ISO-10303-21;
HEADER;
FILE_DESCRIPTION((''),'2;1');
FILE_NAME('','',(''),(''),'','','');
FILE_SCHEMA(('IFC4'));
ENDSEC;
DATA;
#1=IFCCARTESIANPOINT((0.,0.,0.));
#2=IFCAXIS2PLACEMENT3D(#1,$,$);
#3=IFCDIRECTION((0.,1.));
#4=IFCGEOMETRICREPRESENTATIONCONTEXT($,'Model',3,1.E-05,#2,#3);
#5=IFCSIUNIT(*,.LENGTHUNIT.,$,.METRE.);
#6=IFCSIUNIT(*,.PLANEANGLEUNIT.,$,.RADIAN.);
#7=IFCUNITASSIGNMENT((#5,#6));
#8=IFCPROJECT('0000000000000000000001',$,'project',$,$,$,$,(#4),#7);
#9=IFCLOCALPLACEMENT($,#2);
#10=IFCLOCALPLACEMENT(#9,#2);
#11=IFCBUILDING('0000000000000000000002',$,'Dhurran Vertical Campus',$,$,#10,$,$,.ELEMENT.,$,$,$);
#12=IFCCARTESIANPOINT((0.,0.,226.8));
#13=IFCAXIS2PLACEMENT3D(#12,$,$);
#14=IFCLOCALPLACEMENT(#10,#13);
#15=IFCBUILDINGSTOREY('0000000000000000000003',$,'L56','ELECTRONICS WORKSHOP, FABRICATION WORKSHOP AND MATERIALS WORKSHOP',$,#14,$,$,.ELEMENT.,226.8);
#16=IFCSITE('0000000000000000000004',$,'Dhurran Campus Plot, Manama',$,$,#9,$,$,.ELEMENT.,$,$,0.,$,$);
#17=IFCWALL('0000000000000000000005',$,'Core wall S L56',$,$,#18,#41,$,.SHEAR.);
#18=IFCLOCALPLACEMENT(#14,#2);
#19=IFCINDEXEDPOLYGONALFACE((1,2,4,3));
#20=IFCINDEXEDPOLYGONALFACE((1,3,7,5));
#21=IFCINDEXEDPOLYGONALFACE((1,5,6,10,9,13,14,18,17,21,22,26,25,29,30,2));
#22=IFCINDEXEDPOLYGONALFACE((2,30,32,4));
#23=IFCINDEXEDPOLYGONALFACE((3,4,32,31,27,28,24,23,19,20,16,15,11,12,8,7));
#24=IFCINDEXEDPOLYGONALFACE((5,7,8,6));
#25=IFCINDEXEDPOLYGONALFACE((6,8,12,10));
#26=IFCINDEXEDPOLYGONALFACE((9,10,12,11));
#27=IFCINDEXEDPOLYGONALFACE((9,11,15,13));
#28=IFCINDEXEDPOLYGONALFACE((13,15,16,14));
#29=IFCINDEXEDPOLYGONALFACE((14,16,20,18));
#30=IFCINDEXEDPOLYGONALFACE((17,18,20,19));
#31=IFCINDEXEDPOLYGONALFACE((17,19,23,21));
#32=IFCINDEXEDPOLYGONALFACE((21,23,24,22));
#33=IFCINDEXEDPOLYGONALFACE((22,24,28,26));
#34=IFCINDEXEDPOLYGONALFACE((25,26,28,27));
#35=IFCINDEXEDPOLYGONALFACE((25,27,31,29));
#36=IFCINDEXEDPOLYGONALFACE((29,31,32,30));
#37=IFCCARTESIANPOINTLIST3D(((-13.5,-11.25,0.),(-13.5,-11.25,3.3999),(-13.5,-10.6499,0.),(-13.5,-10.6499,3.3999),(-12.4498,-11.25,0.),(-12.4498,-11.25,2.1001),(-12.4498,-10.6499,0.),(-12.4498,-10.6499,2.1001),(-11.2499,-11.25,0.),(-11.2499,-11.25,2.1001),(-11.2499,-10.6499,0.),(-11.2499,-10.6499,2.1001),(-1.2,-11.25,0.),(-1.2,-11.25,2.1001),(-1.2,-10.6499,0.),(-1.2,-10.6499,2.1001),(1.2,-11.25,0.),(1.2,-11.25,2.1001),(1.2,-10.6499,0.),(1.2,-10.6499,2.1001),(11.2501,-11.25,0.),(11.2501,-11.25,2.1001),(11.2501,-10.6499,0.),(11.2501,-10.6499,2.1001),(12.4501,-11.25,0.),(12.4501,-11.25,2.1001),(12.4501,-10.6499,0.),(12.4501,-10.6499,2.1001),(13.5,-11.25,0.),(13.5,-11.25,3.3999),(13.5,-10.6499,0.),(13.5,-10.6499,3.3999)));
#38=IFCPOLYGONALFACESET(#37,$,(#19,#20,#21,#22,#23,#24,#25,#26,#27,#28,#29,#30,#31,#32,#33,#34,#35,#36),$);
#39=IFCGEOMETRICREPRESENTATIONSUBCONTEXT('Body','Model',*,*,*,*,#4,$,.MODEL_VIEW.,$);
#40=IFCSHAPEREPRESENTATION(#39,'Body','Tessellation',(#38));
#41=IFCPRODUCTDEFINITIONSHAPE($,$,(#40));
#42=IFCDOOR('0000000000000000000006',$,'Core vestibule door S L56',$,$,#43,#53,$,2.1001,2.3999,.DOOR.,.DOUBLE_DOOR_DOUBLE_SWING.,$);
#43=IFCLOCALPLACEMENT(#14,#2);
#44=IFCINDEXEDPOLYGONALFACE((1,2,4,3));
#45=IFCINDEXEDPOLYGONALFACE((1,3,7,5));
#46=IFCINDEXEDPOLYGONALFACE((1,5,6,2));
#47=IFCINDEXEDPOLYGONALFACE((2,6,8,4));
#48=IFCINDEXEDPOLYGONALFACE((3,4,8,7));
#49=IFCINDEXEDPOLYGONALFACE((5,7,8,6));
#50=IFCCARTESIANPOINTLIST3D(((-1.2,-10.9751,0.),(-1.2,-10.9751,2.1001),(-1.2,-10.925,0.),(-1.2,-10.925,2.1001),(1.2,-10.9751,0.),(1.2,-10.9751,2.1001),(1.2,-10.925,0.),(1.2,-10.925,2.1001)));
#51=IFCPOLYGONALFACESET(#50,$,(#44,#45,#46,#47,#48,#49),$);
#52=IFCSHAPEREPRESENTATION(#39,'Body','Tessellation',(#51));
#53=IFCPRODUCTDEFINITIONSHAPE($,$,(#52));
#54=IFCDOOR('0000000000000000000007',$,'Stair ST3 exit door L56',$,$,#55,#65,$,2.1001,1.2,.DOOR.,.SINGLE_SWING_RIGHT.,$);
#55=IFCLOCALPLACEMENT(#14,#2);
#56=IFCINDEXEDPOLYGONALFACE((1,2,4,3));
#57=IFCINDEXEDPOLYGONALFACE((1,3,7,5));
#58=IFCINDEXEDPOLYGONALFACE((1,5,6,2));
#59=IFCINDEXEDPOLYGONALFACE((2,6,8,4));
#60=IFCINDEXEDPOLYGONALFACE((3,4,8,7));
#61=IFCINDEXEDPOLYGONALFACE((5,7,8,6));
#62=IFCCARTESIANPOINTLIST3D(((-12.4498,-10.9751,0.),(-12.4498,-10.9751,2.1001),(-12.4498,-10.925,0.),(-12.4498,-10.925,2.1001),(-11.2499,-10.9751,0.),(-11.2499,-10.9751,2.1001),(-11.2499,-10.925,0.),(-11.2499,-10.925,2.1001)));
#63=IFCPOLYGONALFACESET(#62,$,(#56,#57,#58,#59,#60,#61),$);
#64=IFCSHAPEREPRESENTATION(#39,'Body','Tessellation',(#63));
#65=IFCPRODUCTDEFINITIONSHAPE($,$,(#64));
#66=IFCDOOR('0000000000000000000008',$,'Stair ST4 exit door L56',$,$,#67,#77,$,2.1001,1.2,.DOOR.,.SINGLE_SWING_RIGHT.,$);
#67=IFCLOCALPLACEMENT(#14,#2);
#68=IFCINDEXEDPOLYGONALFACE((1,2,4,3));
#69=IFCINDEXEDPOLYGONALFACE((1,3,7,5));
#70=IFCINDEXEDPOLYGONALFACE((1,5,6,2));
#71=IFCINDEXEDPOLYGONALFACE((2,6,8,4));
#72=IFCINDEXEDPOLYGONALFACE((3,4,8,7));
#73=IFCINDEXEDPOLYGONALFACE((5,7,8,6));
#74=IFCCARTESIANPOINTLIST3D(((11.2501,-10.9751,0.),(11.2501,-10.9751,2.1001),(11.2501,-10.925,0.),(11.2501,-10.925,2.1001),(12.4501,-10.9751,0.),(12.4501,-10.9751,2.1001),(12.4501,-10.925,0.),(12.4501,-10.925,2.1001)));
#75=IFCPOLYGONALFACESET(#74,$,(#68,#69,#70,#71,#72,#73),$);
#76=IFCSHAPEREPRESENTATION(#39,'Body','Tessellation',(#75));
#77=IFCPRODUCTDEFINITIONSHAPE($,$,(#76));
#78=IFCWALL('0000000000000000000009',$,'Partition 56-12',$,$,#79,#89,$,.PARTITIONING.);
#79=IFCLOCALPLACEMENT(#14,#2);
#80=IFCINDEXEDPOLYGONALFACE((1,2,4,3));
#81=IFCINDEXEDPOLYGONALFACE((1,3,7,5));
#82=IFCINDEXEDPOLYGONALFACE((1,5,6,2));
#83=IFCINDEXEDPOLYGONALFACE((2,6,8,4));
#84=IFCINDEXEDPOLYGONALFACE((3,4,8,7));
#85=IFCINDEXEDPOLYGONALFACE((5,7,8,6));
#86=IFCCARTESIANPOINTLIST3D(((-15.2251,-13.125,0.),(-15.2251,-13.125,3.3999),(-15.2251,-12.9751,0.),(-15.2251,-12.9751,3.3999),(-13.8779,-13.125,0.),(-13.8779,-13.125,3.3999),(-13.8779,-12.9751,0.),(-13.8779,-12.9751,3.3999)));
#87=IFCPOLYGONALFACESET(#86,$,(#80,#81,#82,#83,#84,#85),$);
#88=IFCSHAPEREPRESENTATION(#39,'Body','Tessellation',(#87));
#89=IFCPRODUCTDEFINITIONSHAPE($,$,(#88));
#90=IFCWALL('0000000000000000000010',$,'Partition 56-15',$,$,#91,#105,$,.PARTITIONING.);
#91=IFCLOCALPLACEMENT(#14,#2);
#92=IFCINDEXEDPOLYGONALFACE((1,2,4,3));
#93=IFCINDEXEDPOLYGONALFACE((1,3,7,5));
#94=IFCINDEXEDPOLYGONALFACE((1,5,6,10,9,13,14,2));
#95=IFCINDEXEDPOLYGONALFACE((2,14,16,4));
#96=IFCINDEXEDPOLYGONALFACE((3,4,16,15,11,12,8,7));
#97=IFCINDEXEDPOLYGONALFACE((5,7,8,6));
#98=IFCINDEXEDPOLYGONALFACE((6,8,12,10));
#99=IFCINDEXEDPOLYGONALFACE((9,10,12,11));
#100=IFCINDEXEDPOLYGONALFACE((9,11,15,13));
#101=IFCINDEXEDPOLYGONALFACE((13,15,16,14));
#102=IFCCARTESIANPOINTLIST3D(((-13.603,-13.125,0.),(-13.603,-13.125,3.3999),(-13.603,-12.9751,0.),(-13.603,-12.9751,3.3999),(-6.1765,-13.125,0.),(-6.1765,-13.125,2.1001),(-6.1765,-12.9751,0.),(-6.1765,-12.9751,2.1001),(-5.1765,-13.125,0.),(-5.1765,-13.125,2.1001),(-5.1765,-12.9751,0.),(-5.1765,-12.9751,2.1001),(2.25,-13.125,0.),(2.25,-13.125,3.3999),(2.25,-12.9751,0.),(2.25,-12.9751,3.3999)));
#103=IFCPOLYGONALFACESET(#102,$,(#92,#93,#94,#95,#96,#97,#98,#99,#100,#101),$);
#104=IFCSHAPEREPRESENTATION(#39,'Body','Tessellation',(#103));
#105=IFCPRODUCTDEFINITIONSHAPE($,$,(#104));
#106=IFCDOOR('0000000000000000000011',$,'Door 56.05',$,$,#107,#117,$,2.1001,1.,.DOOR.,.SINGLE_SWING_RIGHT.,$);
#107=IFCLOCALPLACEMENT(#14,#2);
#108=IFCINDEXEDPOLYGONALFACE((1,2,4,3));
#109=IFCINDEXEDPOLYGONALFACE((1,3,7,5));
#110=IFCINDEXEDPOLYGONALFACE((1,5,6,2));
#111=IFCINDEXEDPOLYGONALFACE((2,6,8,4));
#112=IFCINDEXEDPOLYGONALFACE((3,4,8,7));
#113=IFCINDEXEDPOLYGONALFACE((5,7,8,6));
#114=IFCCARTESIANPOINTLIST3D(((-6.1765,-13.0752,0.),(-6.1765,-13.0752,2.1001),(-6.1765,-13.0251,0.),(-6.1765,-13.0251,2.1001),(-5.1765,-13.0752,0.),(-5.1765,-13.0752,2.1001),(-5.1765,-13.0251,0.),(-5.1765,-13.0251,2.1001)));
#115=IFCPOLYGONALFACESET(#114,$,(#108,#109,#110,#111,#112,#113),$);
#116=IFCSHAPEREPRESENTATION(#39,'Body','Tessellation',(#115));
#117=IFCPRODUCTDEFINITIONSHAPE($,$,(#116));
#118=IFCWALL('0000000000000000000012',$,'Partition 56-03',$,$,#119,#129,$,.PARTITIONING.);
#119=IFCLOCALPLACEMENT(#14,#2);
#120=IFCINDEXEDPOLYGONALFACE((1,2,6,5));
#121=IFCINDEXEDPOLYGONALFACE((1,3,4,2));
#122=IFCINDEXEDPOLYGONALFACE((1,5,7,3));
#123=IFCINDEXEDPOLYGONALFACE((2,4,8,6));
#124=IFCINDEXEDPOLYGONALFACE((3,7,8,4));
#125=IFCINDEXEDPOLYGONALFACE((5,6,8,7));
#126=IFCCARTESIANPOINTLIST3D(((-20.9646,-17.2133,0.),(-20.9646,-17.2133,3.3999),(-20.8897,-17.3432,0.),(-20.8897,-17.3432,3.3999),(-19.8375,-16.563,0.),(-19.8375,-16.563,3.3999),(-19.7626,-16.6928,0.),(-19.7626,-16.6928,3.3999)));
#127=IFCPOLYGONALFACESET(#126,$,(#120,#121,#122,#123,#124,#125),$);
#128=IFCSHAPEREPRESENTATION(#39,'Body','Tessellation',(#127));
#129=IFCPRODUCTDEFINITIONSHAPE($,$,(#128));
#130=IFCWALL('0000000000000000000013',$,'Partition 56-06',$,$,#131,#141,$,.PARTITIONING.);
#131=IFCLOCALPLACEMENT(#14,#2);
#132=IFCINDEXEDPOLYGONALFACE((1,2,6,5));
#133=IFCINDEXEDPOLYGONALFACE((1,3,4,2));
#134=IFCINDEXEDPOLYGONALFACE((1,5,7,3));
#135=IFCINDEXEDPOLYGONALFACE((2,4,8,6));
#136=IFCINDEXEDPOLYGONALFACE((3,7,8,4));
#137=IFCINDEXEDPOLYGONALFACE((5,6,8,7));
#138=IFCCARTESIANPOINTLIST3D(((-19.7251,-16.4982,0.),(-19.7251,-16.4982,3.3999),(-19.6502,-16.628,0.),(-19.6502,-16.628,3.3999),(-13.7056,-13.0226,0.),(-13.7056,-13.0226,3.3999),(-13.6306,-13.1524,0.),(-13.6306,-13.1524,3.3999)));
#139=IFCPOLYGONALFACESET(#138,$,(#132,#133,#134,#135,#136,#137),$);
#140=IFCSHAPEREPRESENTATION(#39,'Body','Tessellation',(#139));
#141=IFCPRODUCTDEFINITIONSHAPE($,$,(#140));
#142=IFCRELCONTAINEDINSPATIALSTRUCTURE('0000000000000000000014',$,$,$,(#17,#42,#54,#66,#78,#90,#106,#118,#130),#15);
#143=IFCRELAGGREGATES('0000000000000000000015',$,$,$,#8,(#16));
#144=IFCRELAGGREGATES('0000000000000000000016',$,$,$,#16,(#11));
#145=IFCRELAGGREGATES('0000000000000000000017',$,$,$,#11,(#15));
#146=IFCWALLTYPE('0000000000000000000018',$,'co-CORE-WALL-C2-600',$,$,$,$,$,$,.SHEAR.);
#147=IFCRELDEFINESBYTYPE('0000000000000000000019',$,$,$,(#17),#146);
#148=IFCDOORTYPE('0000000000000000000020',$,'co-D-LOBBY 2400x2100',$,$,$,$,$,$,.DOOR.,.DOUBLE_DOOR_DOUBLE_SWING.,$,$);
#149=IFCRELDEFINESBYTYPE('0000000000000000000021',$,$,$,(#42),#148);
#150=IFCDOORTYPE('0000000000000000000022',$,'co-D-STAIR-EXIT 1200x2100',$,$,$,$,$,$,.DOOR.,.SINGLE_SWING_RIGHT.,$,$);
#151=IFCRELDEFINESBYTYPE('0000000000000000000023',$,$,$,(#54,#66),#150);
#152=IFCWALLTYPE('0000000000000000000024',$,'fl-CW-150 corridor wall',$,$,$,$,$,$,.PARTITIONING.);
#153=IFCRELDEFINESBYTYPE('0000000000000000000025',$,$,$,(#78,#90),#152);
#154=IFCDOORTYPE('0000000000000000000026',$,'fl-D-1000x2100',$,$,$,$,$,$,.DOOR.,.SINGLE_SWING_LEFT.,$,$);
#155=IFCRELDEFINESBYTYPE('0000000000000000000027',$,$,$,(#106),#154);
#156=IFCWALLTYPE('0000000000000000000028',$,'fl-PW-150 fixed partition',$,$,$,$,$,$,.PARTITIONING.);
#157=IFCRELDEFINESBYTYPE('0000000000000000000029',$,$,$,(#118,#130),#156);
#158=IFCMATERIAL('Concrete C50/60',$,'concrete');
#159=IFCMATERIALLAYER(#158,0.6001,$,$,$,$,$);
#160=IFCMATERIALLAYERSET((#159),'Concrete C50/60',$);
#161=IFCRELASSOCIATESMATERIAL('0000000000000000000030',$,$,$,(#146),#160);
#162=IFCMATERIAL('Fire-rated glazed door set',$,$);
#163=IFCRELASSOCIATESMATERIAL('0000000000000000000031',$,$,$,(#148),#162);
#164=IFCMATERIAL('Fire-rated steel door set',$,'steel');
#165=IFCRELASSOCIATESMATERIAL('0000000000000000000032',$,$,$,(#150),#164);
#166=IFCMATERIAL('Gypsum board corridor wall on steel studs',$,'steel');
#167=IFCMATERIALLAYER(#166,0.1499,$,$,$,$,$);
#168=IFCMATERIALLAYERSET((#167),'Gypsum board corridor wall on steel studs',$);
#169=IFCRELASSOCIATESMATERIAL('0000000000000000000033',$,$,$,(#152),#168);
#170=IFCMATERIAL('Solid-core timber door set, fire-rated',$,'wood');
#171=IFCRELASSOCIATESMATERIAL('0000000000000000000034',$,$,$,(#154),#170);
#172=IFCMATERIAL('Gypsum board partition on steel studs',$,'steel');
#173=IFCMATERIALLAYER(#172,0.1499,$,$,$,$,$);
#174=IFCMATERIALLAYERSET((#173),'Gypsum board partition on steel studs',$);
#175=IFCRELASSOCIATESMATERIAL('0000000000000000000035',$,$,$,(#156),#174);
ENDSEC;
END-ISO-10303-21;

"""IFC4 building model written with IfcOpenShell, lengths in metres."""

from ifc_helpers import new_model, si_unit, direction, frame, frame_2d, origin, place, context, subcontext, project, spatial, rectangle, extrude, material, layer, layer_set, type_object, element, fill, save


model = new_model("IFC4")

# Units and contexts
model_context = context("Model", 3, precision=1e-05, world=origin(), true_north=direction((0.0, 1.0)))
body_context = subcontext(model_context, "Body", "Model", "MODEL_VIEW")
ifc_project = project(units=[si_unit("LENGTHUNIT", "METRE"), si_unit("PLANEANGLEUNIT", "RADIAN")], contexts=[model_context])

# Site, building, storey
site_placement = place(None, origin())
site = spatial("IfcSite", under=ifc_project, at=site_placement, Name="Dhurran Campus Plot, Manama", CompositionType="ELEMENT", RefElevation=0.0)
building_placement = place(site_placement, origin())
building = spatial("IfcBuilding", under=site, at=building_placement, Name="Dhurran Vertical Campus", CompositionType="ELEMENT")
storey_placement = place(building_placement, frame((0.0, 0.0, 226.8)))
storey = spatial("IfcBuildingStorey", under=building, at=storey_placement, Name="L56", Description="ELECTRONICS WORKSHOP, FABRICATION WORKSHOP AND MATERIALS WORKSHOP", CompositionType="ELEMENT", Elevation=226.8)

# Wall, openings, doors
ifc_material_1 = material(Name="Concrete C50/60", Category="concrete")
ifc_layer_1 = layer(ifc_material_1, 0.6001)
ifc_layer_set_1 = layer_set([ifc_layer_1], Name="Concrete C50/60")
wall_type_1 = type_object("IfcWallType", Name="co-CORE-WALL-C2-600", PredefinedType="SHEAR", material=ifc_layer_set_1)
wall_1_placement = place(storey_placement, frame((-13.5, -10.95, 0.0), z_axis=(0.0, 0.0, 1.0), x_axis=(1.0, 0.0, 0.0)))
wall_1 = element("IfcWall", 1, at=wall_1_placement, inside=storey, type_object=wall_type_1, Name="Core wall S L56", PredefinedType="SHEAR", context=body_context, shape_type="SweptSolid", body=[
    extrude(rectangle(XDim=27.0, YDim=0.6001, at=frame_2d((13.5, 0.0))), origin(), (0.0, 0.0, 1.0), 3.3999),
])
opening_1_placement = place(wall_1_placement, frame((12.3, 0.0, 0.0)))
opening_1 = element("IfcOpeningElement", 2, at=opening_1_placement, cuts=wall_1, PredefinedType="OPENING", context=body_context, shape_type="SweptSolid", body=[
    extrude(rectangle(XDim=2.3999, YDim=2.1001, at=frame_2d((1.2, 1.05))), frame((0.0, 0.3101, 0.0), z_axis=(0.0, -1.0, 0.0), x_axis=(1.0, 0.0, 0.0)), (0.0, 0.0, 1.0), 0.6201),
])
opening_2_placement = place(wall_1_placement, frame((1.05, 0.0, 0.0)))
opening_2 = element("IfcOpeningElement", 3, at=opening_2_placement, cuts=wall_1, PredefinedType="OPENING", context=body_context, shape_type="SweptSolid", body=[
    extrude(rectangle(XDim=1.2, YDim=2.1001, at=frame_2d((0.6001, 1.05))), frame((0.0, 0.3101, 0.0), z_axis=(0.0, -1.0, 0.0), x_axis=(1.0, 0.0, 0.0)), (0.0, 0.0, 1.0), 0.6201),
])
opening_3_placement = place(wall_1_placement, frame((24.75, 0.0, 0.0)))
opening_3 = element("IfcOpeningElement", 4, at=opening_3_placement, cuts=wall_1, PredefinedType="OPENING", context=body_context, shape_type="SweptSolid", body=[
    extrude(rectangle(XDim=1.2, YDim=2.1001, at=frame_2d((0.6001, 1.05))), frame((0.0, 0.3101, 0.0), z_axis=(0.0, -1.0, 0.0), x_axis=(1.0, 0.0, 0.0)), (0.0, 0.0, 1.0), 0.6201),
])
ifc_material_2 = material(Name="Fire-rated glazed door set")
door_type_1 = type_object("IfcDoorType", Name="co-D-LOBBY 2400x2100", OperationType="DOUBLE_DOOR_DOUBLE_SWING", PredefinedType="DOOR", material=ifc_material_2)
door_1_placement = place(opening_1_placement, origin())
door_1 = element("IfcDoor", 5, at=door_1_placement, inside=storey, type_object=door_type_1, Name="Core vestibule door S L56", OperationType="DOUBLE_DOOR_DOUBLE_SWING", OverallHeight=2.1001, OverallWidth=2.3999, PredefinedType="DOOR", context=body_context, shape_type="SweptSolid", body=[
    extrude(rectangle(XDim=2.3999, YDim=2.1001, at=frame_2d((1.2, 1.05))), frame((0.0, 0.0249, 0.0), z_axis=(0.0, -1.0, 0.0), x_axis=(1.0, 0.0, 0.0)), (0.0, 0.0, 1.0), 0.05),
])
fill(opening_1, door_1)
ifc_material_3 = material(Name="Fire-rated steel door set", Category="steel")
door_type_2 = type_object("IfcDoorType", Name="co-D-STAIR-EXIT 1200x2100", OperationType="SINGLE_SWING_RIGHT", PredefinedType="DOOR", material=ifc_material_3)
door_2_placement = place(opening_2_placement, origin())
door_2 = element("IfcDoor", 6, at=door_2_placement, inside=storey, type_object=door_type_2, Name="Stair ST3 exit door L56", OperationType="SINGLE_SWING_RIGHT", OverallHeight=2.1001, OverallWidth=1.2, PredefinedType="DOOR", context=body_context, shape_type="SweptSolid", body=[
    extrude(rectangle(XDim=1.2, YDim=2.1001, at=frame_2d((0.6001, 1.05))), frame((0.0, 0.0249, 0.0), z_axis=(0.0, -1.0, 0.0), x_axis=(1.0, 0.0, 0.0)), (0.0, 0.0, 1.0), 0.05),
])
fill(opening_2, door_2)
door_3_placement = place(opening_3_placement, origin())
door_3 = element("IfcDoor", 7, at=door_3_placement, inside=storey, type_object=door_type_2, Name="Stair ST4 exit door L56", OperationType="SINGLE_SWING_RIGHT", OverallHeight=2.1001, OverallWidth=1.2, PredefinedType="DOOR", context=body_context, shape_type="SweptSolid", body=[
    extrude(rectangle(XDim=1.2, YDim=2.1001, at=frame_2d((0.6001, 1.05))), frame((0.0, 0.0249, 0.0), z_axis=(0.0, -1.0, 0.0), x_axis=(1.0, 0.0, 0.0)), (0.0, 0.0, 1.0), 0.05),
])
fill(opening_3, door_3)

# Wall
ifc_material_4 = material(Name="Gypsum board corridor wall on steel studs", Category="steel")
ifc_layer_2 = layer(ifc_material_4, 0.1499)
ifc_layer_set_2 = layer_set([ifc_layer_2], Name="Gypsum board corridor wall on steel studs")
wall_type_2 = type_object("IfcWallType", Name="fl-CW-150 corridor wall", PredefinedType="PARTITIONING", material=ifc_layer_set_2)
wall_2_placement = place(storey_placement, frame((-15.2251, -13.05, 0.0), z_axis=(0.0, 0.0, 1.0), x_axis=(1.0, 0.0, 0.0)))
element("IfcWall", 8, at=wall_2_placement, inside=storey, type_object=wall_type_2, Name="Partition 56-12", PredefinedType="PARTITIONING", context=body_context, shape_type="SweptSolid", body=[
    extrude(rectangle(XDim=1.3472, YDim=0.1499, at=frame_2d((0.6736, 0.0))), origin(), (0.0, 0.0, 1.0), 3.3999),
])

# Wall, opening, door
wall_3_placement = place(storey_placement, frame((-13.603, -13.05, 0.0), z_axis=(0.0, 0.0, 1.0), x_axis=(1.0, 0.0, 0.0)))
wall_3 = element("IfcWall", 9, at=wall_3_placement, inside=storey, type_object=wall_type_2, Name="Partition 56-15", PredefinedType="PARTITIONING", context=body_context, shape_type="SweptSolid", body=[
    extrude(rectangle(XDim=15.853, YDim=0.1499, at=frame_2d((7.9265, 0.0))), origin(), (0.0, 0.0, 1.0), 3.3999),
])
opening_4_placement = place(wall_3_placement, frame((7.4265, 0.0, 0.0)))
opening_4 = element("IfcOpeningElement", 10, at=opening_4_placement, cuts=wall_3, PredefinedType="OPENING", context=body_context, shape_type="SweptSolid", body=[
    extrude(rectangle(XDim=1.0, YDim=2.1001, at=frame_2d((0.5, 1.05))), frame((0.0, 0.085, 0.0), z_axis=(0.0, -1.0, 0.0), x_axis=(1.0, 0.0, 0.0)), (0.0, 0.0, 1.0), 0.1699),
])
ifc_material_5 = material(Name="Solid-core timber door set, fire-rated", Category="wood")
door_type_3 = type_object("IfcDoorType", Name="fl-D-1000x2100", OperationType="SINGLE_SWING_LEFT", PredefinedType="DOOR", material=ifc_material_5)
door_4_placement = place(opening_4_placement, origin())
door_4 = element("IfcDoor", 11, at=door_4_placement, inside=storey, type_object=door_type_3, Name="Door 56.05", OperationType="SINGLE_SWING_RIGHT", OverallHeight=2.1001, OverallWidth=1.0, PredefinedType="DOOR", context=body_context, shape_type="SweptSolid", body=[
    extrude(rectangle(XDim=1.0, YDim=2.1001, at=frame_2d((0.5, 1.05))), frame((0.0, 0.0249, 0.0), z_axis=(0.0, -1.0, 0.0), x_axis=(1.0, 0.0, 0.0)), (0.0, 0.0, 1.0), 0.05),
])
fill(opening_4, door_4)

# Walls
ifc_material_6 = material(Name="Gypsum board partition on steel studs", Category="steel")
ifc_layer_3 = layer(ifc_material_6, 0.1499)
ifc_layer_set_3 = layer_set([ifc_layer_3], Name="Gypsum board partition on steel studs")
wall_type_3 = type_object("IfcWallType", Name="fl-PW-150 fixed partition", PredefinedType="PARTITIONING", material=ifc_layer_set_3)
wall_4_placement = place(storey_placement, frame((-19.8, -16.6279, 0.0), z_axis=(0.0, 0.0, 1.0), x_axis=(-0.866157, -0.499771, 0.0)))
element("IfcWall", 12, at=wall_4_placement, inside=storey, type_object=wall_type_3, Name="Partition 56-03", PredefinedType="PARTITIONING", context=body_context, shape_type="SweptSolid", body=[
    extrude(rectangle(XDim=1.3013, YDim=0.1499, at=frame_2d((0.6506, 0.0))), origin(), (0.0, 0.0, 1.0), 3.3999),
])
wall_5_placement = place(storey_placement, frame((-13.668, -13.0874, 0.0), z_axis=(0.0, 0.0, 1.0), x_axis=(-0.866012, -0.500022, 0.0)))
element("IfcWall", 13, at=wall_5_placement, inside=storey, type_object=wall_type_3, Name="Partition 56-06", PredefinedType="PARTITIONING", context=body_context, shape_type="SweptSolid", body=[
    extrude(rectangle(XDim=6.9509, YDim=0.1499, at=frame_2d((3.4756, 0.0))), origin(), (0.0, 0.0, 1.0), 3.3999),
])

save(model, "model.ifc")
